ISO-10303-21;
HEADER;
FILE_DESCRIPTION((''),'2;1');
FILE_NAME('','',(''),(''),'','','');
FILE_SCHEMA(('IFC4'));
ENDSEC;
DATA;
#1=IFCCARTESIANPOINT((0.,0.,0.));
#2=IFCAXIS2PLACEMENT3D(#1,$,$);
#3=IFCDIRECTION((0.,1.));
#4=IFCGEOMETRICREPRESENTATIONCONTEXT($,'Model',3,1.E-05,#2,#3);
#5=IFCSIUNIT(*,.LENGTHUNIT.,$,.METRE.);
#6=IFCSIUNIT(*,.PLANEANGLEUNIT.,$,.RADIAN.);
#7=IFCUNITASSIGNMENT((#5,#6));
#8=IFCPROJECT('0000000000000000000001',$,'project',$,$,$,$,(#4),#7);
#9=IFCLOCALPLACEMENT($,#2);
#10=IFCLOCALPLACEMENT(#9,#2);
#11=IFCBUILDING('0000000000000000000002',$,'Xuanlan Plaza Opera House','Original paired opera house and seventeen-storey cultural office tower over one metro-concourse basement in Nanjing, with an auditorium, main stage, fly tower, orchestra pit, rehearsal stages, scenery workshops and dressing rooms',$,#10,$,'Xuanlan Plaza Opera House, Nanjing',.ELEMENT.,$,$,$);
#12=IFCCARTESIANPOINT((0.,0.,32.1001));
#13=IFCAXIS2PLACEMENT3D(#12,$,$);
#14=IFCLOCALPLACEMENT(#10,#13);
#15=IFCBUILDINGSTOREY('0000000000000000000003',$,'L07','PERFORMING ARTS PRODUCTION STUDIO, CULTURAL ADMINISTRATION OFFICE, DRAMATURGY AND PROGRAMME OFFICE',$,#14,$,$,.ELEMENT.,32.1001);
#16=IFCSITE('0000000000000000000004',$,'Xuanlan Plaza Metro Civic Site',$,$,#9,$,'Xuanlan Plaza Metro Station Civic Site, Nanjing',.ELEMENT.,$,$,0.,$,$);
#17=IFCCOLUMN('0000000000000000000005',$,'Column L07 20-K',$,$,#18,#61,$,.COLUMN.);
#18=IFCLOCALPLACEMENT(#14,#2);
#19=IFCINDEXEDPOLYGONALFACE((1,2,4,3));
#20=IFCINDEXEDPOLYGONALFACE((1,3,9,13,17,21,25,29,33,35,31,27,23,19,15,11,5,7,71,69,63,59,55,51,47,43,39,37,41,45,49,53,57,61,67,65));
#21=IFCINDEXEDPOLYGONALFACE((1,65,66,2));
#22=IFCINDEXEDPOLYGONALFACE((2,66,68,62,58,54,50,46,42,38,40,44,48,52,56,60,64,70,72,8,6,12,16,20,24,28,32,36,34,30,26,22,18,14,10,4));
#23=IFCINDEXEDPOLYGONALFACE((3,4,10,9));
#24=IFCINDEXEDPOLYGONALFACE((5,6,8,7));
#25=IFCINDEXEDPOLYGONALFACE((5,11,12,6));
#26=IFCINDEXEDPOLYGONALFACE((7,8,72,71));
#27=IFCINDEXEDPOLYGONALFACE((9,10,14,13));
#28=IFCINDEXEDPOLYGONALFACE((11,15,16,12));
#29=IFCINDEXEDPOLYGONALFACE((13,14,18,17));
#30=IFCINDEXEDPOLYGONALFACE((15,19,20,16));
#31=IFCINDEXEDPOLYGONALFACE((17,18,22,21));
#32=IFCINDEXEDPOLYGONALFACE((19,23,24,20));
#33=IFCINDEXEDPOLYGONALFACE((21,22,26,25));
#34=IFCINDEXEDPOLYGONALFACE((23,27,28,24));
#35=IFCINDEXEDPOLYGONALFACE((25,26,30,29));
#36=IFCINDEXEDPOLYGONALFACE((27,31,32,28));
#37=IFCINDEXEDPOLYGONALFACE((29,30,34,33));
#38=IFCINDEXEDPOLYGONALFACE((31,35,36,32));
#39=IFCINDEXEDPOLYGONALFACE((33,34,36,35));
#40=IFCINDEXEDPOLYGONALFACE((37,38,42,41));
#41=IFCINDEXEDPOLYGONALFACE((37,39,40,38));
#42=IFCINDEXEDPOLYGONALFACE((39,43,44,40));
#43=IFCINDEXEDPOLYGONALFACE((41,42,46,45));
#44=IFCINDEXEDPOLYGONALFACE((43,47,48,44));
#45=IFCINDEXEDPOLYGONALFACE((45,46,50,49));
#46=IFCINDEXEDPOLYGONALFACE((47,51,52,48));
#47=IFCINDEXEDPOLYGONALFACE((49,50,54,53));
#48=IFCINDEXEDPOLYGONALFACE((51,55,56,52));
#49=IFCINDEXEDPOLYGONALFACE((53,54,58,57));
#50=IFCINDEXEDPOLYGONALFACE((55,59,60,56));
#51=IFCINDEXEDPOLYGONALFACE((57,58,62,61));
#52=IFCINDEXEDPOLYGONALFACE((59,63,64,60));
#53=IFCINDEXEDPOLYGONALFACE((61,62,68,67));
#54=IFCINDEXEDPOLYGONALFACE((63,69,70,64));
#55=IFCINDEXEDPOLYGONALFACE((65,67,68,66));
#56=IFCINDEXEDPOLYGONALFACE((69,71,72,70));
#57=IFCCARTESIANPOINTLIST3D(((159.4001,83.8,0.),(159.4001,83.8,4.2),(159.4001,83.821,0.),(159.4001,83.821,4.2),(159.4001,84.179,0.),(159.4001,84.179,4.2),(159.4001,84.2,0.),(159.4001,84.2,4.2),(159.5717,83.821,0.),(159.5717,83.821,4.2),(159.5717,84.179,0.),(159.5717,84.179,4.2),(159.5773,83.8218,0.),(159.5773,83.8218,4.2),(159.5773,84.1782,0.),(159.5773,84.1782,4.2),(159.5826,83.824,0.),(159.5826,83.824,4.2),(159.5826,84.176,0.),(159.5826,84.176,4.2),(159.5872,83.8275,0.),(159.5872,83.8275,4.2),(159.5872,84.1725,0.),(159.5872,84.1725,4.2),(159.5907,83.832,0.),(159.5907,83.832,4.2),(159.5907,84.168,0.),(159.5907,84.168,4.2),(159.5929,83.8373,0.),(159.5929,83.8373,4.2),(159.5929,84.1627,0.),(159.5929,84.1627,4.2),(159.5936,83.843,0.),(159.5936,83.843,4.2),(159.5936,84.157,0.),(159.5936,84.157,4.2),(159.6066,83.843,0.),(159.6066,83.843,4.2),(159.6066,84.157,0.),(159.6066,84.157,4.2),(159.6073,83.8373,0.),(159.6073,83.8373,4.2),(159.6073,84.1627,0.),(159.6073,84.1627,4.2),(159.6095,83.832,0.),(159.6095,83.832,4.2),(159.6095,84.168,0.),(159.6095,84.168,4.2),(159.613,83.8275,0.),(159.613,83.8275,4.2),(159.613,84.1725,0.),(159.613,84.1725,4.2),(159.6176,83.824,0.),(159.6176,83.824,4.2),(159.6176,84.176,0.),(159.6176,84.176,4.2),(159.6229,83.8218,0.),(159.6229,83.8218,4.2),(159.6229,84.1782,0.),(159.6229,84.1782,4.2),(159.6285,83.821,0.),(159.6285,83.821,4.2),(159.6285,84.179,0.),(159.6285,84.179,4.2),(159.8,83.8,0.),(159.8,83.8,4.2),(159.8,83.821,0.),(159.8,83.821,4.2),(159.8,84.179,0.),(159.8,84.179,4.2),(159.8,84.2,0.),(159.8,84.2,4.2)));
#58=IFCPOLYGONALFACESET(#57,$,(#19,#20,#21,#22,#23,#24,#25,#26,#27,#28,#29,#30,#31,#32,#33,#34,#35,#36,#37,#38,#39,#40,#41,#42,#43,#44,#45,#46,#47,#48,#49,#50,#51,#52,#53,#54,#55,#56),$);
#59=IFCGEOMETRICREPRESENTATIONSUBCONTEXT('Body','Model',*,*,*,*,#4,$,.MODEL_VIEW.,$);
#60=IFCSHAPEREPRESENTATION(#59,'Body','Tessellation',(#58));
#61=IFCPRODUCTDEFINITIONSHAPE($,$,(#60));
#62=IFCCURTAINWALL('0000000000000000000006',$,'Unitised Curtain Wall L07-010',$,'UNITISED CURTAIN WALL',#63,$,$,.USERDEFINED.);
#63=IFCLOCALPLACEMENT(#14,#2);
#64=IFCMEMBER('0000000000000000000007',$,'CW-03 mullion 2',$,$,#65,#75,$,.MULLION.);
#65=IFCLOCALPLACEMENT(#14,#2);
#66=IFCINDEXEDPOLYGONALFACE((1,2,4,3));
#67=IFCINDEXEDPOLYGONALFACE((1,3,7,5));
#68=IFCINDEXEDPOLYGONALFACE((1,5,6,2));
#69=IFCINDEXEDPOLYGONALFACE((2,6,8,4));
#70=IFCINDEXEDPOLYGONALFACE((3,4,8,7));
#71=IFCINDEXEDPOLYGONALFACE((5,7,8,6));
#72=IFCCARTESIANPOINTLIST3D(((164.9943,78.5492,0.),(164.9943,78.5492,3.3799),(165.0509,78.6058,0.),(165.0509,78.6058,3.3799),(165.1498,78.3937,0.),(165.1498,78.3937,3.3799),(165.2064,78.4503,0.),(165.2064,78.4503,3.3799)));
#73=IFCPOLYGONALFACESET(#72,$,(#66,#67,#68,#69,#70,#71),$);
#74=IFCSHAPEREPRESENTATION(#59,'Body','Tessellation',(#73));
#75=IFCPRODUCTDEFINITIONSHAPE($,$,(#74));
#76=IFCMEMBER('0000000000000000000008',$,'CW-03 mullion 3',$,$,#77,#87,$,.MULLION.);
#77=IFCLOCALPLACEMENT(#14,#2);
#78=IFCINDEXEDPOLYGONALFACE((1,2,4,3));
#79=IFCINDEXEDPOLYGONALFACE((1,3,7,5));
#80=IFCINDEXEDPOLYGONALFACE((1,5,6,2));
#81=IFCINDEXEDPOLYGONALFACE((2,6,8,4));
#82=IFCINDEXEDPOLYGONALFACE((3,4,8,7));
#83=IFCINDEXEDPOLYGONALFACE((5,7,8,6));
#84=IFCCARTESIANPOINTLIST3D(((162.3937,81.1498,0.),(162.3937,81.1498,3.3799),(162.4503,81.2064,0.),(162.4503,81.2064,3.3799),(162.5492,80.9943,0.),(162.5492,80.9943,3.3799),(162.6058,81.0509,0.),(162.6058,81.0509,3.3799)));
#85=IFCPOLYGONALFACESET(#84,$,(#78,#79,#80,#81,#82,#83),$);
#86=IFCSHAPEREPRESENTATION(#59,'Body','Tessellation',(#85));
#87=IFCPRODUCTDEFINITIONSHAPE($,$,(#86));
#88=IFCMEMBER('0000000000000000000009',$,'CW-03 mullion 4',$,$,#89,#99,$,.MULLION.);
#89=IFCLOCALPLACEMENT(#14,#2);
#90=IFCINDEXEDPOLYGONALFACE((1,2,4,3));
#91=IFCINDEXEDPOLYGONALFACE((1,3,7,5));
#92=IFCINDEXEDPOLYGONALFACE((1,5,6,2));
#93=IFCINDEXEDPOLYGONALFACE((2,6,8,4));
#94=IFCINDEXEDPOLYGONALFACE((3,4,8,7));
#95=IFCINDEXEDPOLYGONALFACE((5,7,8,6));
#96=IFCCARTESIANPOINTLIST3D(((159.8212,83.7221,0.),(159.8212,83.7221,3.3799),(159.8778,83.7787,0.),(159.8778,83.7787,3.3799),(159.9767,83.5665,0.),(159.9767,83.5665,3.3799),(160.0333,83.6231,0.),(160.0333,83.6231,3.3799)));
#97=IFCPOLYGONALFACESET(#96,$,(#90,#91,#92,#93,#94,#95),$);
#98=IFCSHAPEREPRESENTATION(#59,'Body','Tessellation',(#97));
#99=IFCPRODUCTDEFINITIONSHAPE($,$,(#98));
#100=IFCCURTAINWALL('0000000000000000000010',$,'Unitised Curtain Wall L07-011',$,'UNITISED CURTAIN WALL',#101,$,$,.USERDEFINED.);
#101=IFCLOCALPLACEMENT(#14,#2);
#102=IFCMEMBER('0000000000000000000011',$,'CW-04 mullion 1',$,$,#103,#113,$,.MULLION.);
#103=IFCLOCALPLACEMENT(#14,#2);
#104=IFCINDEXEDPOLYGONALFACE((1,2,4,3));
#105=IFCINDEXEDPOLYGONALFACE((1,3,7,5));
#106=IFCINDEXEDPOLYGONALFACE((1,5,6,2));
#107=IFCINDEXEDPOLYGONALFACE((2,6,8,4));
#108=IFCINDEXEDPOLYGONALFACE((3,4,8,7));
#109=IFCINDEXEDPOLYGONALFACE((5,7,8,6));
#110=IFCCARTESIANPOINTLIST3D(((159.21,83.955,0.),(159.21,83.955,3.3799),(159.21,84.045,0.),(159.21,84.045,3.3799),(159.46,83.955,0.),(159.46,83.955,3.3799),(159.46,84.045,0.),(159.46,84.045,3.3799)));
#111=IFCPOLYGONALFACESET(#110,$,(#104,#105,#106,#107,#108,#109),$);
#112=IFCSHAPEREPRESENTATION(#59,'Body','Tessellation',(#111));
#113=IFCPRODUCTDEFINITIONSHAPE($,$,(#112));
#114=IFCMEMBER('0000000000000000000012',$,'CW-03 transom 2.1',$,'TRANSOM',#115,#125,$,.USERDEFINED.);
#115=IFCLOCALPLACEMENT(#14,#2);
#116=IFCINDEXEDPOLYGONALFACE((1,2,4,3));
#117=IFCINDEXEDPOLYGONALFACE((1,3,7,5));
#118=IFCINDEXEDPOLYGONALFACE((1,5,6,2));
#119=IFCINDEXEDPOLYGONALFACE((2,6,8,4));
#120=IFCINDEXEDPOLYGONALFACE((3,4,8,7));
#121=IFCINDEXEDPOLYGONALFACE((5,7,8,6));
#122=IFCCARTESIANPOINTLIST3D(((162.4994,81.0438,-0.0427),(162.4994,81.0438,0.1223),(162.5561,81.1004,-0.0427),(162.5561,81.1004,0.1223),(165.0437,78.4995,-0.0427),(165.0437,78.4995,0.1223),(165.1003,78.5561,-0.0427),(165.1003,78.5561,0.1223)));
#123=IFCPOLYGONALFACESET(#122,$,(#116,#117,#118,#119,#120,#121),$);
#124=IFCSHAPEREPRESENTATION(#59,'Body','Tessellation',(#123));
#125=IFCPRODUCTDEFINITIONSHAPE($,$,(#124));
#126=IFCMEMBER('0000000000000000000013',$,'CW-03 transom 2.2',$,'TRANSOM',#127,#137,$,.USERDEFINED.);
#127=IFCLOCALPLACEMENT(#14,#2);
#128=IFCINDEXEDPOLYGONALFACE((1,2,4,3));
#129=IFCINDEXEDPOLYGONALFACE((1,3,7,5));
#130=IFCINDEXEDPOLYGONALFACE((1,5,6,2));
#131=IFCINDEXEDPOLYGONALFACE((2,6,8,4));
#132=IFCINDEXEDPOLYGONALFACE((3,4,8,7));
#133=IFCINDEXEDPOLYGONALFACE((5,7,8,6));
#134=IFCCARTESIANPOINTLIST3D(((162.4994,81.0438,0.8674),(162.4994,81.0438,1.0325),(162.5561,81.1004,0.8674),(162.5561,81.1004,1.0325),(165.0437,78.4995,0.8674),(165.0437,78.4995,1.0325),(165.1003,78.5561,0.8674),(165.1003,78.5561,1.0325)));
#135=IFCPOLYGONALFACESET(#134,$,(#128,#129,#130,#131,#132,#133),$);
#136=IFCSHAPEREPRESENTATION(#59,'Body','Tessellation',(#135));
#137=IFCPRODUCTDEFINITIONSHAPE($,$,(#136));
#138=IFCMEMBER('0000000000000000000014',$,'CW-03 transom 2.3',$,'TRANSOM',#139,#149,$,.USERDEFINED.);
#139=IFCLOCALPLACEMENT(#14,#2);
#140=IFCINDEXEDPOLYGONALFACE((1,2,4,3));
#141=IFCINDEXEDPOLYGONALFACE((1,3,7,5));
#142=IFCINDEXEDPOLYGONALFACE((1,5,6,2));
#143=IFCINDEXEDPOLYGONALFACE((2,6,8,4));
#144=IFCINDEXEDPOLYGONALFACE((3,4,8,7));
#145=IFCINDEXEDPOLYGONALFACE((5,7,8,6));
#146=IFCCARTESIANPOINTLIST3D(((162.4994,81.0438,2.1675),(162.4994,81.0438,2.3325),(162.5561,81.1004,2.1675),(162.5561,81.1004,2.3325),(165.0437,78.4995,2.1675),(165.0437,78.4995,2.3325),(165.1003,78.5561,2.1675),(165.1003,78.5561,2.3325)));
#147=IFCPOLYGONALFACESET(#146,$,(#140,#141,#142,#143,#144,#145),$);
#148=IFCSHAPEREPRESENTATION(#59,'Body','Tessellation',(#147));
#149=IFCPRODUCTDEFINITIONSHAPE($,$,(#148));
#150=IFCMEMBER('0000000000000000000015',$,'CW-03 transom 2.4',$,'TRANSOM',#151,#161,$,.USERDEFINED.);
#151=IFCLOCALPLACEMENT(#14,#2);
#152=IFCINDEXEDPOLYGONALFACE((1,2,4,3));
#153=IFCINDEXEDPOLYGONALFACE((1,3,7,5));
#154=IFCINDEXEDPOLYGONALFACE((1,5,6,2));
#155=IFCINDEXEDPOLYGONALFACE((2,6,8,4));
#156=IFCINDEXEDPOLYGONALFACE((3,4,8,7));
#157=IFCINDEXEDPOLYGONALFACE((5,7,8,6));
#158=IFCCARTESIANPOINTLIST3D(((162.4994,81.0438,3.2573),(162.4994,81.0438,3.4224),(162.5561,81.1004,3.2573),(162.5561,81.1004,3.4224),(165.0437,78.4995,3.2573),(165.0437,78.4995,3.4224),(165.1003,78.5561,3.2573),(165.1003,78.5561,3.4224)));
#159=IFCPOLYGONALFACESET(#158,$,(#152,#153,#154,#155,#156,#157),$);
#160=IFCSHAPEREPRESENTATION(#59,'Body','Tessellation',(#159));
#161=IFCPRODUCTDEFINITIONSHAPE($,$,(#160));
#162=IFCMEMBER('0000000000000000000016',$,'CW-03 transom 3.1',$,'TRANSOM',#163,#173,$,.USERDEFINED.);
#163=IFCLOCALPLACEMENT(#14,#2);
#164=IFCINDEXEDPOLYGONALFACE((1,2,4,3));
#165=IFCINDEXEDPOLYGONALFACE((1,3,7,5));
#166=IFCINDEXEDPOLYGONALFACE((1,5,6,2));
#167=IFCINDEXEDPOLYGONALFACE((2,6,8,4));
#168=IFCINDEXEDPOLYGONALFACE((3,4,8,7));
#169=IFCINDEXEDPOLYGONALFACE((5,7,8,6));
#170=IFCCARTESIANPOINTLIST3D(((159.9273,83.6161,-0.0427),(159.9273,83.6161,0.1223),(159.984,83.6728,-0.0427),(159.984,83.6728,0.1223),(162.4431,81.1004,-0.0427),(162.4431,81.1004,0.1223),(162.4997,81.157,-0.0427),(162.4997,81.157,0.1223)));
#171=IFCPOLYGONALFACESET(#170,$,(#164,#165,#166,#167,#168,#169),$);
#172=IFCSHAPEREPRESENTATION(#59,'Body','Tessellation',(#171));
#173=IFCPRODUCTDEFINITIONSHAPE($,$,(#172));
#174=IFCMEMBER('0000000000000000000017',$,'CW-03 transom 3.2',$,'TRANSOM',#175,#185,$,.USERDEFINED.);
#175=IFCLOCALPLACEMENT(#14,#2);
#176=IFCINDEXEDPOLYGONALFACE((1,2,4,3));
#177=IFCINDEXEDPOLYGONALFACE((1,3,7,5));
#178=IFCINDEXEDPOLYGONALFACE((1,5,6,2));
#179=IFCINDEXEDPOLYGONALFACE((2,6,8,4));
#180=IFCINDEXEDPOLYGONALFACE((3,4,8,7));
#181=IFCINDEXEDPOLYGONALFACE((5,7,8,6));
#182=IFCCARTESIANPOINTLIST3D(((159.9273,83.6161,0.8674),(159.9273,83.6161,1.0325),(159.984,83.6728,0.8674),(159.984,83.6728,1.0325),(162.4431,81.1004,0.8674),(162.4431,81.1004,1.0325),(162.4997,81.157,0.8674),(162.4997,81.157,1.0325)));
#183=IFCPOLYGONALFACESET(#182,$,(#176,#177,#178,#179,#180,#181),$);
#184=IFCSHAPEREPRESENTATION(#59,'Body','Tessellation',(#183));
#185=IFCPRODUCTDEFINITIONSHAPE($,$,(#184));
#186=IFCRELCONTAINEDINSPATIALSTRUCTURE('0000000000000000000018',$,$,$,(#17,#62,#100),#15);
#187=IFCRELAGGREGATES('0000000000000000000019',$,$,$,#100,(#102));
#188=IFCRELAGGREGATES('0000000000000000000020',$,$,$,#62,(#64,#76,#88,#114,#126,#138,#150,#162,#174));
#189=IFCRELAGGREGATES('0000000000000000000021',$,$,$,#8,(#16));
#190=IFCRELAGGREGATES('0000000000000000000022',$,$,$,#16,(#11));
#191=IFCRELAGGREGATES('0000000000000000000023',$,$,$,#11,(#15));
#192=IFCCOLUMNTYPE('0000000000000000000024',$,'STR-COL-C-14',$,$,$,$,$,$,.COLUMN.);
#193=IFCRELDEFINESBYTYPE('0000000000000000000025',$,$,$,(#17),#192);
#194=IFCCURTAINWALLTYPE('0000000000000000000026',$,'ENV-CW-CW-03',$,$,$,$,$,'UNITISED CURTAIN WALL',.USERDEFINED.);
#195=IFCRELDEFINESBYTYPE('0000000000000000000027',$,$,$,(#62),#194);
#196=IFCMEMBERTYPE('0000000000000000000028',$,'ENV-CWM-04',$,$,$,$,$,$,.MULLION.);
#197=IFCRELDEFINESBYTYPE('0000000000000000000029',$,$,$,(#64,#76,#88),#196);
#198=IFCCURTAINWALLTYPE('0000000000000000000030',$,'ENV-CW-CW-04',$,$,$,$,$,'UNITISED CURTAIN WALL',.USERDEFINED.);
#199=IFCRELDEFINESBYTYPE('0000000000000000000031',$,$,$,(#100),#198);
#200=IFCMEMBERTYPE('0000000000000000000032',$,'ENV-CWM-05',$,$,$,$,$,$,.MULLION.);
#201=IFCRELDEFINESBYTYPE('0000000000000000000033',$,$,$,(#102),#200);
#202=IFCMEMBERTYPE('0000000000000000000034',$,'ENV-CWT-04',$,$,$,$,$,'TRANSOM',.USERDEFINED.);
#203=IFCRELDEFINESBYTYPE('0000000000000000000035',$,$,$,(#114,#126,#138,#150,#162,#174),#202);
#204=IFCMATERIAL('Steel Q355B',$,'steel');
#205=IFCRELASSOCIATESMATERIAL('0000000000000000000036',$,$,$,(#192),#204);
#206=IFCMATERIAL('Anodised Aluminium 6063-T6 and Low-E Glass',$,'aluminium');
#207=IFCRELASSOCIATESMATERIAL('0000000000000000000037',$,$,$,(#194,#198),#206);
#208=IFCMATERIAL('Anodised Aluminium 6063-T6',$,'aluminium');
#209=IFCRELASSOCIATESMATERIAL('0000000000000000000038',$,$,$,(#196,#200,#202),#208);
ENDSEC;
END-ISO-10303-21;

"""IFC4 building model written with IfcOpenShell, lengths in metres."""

from ifc_helpers import new_model, si_unit, direction, frame, origin, origin_2d, place, context, subcontext, project, spatial, rectangle, i_section, extrude, material, material_profile, profile_set, type_object, element, aggregate, save


model = new_model("IFC4")

# Units and contexts
model_context = context("Model", 3, precision=1e-05, world=origin(), true_north=direction((0.0, 1.0)))
body_context = subcontext(model_context, "Body", "Model", "MODEL_VIEW")
ifc_project = project(units=[si_unit("LENGTHUNIT", "METRE"), si_unit("PLANEANGLEUNIT", "RADIAN")], contexts=[model_context])

# Site, building, storey
site_placement = place(None, origin())
site = spatial("IfcSite", under=ifc_project, at=site_placement, Name="Xuanlan Plaza Metro Civic Site", LongName="Xuanlan Plaza Metro Station Civic Site, Nanjing", CompositionType="ELEMENT", RefElevation=0.0)
building_placement = place(site_placement, origin())
building = spatial("IfcBuilding", under=site, at=building_placement, Name="Xuanlan Plaza Opera House", Description="Original paired opera house and seventeen-storey cultural office tower over one metro-concourse basement in Nanjing, with an auditorium, main stage, fly tower, orchestra pit, rehearsal stages, scenery workshops and dressing rooms", LongName="Xuanlan Plaza Opera House, Nanjing", CompositionType="ELEMENT")
storey_placement = place(building_placement, frame((0.0, 0.0, 32.1001)))
storey = spatial("IfcBuildingStorey", under=building, at=storey_placement, Name="L07", Description="PERFORMING ARTS PRODUCTION STUDIO, CULTURAL ADMINISTRATION OFFICE, DRAMATURGY AND PROGRAMME OFFICE", CompositionType="ELEMENT", Elevation=32.1001)

# Column
ifc_material_1 = material(Name="Steel Q355B", Category="steel")
ifc_material_profile_1 = material_profile(ifc_material_1, i_section(OverallWidth=0.3999, OverallDepth=0.3999, WebThickness=0.0129, FlangeThickness=0.021, FilletRadius=0.022, at=origin_2d()), Name="HW 400x400x13x21")
ifc_profile_set_1 = profile_set([ifc_material_profile_1], Name="Steel Q355B")
column_type = type_object("IfcColumnType", Name="STR-COL-C-14", PredefinedType="COLUMN", material=ifc_profile_set_1)
column_placement = place(storey_placement, frame((159.6001, 84.0, 0.0), z_axis=(0.0, 0.0, 1.0), x_axis=(1.0, 0.0, 0.0)))
element("IfcColumn", 1, at=column_placement, inside=storey, type_object=column_type, Name="Column L07 20-K", PredefinedType="COLUMN", context=body_context, shape_type="SweptSolid", body=[
    extrude(i_section(OverallWidth=0.3999, OverallDepth=0.3999, WebThickness=0.0129, FlangeThickness=0.021, FilletRadius=0.022, at=origin_2d()), origin(), (0.0, 0.0, 1.0), 4.2),
])

# Curtain wall, members
ifc_material_2 = material(Name="Anodised Aluminium 6063-T6 and Low-E Glass", Category="aluminium")
curtain_wall_type_1 = type_object("IfcCurtainWallType", Name="ENV-CW-CW-03", ElementType="UNITISED CURTAIN WALL", PredefinedType="USERDEFINED", material=ifc_material_2)
curtain_wall_1_placement = place(storey_placement, origin())
curtain_wall_1 = element("IfcCurtainWall", 2, at=curtain_wall_1_placement, inside=storey, type_object=curtain_wall_type_1, Name="Unitised Curtain Wall L07-010", ObjectType="UNITISED CURTAIN WALL", PredefinedType="USERDEFINED")
ifc_material_3 = material(Name="Anodised Aluminium 6063-T6", Category="aluminium")
ifc_material_profile_2 = material_profile(ifc_material_3, rectangle(XDim=0.0801, YDim=0.22, at=origin_2d()), Name="ALU-M 80x220")
ifc_profile_set_2 = profile_set([ifc_material_profile_2], Name="Anodised Aluminium 6063-T6")
member_type_1 = type_object("IfcMemberType", Name="ENV-CWM-04", PredefinedType="MULLION", material=ifc_profile_set_2)
member_1_placement = place(storey_placement, frame((165.1003, 78.4998, 0.0), z_axis=(0.0, 0.0, 1.0), x_axis=(-0.707107, -0.707107, 0.0)))
member_1 = element("IfcMember", 3, at=member_1_placement, type_object=member_type_1, Name="CW-03 mullion 2", PredefinedType="MULLION", context=body_context, shape_type="SweptSolid", body=[
    extrude(rectangle(XDim=0.0801, YDim=0.22, at=origin_2d()), origin(), (0.0, 0.0, 1.0), 3.3799),
])
member_2_placement = place(storey_placement, frame((162.4998, 81.1003, 0.0), z_axis=(0.0, 0.0, 1.0), x_axis=(-0.707107, -0.707107, 0.0)))
member_2 = element("IfcMember", 4, at=member_2_placement, type_object=member_type_1, Name="CW-03 mullion 3", PredefinedType="MULLION", context=body_context, shape_type="SweptSolid", body=[
    extrude(rectangle(XDim=0.0801, YDim=0.22, at=origin_2d()), origin(), (0.0, 0.0, 1.0), 3.3799),
])
member_3_placement = place(storey_placement, frame((159.9272, 83.6726, 0.0), z_axis=(0.0, 0.0, 1.0), x_axis=(-0.707107, -0.707107, 0.0)))
member_3 = element("IfcMember", 5, at=member_3_placement, type_object=member_type_1, Name="CW-03 mullion 4", PredefinedType="MULLION", context=body_context, shape_type="SweptSolid", body=[
    extrude(rectangle(XDim=0.0801, YDim=0.22, at=origin_2d()), origin(), (0.0, 0.0, 1.0), 3.3799),
])

# Curtain wall, member
curtain_wall_type_2 = type_object("IfcCurtainWallType", Name="ENV-CW-CW-04", ElementType="UNITISED CURTAIN WALL", PredefinedType="USERDEFINED", material=ifc_material_2)
curtain_wall_2_placement = place(storey_placement, origin())
curtain_wall_2 = element("IfcCurtainWall", 6, at=curtain_wall_2_placement, inside=storey, type_object=curtain_wall_type_2, Name="Unitised Curtain Wall L07-011", ObjectType="UNITISED CURTAIN WALL", PredefinedType="USERDEFINED")
ifc_material_profile_3 = material_profile(ifc_material_3, rectangle(XDim=0.0901, YDim=0.25, at=origin_2d()), Name="ALU-M 90x250")
ifc_profile_set_3 = profile_set([ifc_material_profile_3], Name="Anodised Aluminium 6063-T6")
member_type_2 = type_object("IfcMemberType", Name="ENV-CWM-05", PredefinedType="MULLION", material=ifc_profile_set_3)
member_4_placement = place(storey_placement, frame((159.335, 84.0, 0.0), z_axis=(0.0, 0.0, 1.0), x_axis=(0.0, -1.0, 0.0)))
member_4 = element("IfcMember", 7, at=member_4_placement, type_object=member_type_2, Name="CW-04 mullion 1", PredefinedType="MULLION", context=body_context, shape_type="SweptSolid", body=[
    extrude(rectangle(XDim=0.0901, YDim=0.25, at=origin_2d()), origin(), (0.0, 0.0, 1.0), 3.3799),
])
aggregate(curtain_wall_2, [member_4])

# Members
ifc_material_profile_4 = material_profile(ifc_material_3, rectangle(XDim=0.0801, YDim=0.165, at=origin_2d()), Name="ALU-T 80x165")
ifc_profile_set_4 = profile_set([ifc_material_profile_4], Name="Anodised Aluminium 6063-T6")
member_type_3 = type_object("IfcMemberType", Name="ENV-CWT-04", ElementType="TRANSOM", PredefinedType="USERDEFINED", material=ifc_profile_set_4)
member_5_placement = place(storey_placement, frame((165.072, 78.5278, 0.0398), z_axis=(-0.707107, 0.707107, 0.0), x_axis=(-0.707107, -0.707107, 0.0)))
member_5 = element("IfcMember", 8, at=member_5_placement, type_object=member_type_3, Name="CW-03 transom 2.1", ObjectType="TRANSOM", PredefinedType="USERDEFINED", context=body_context, shape_type="SweptSolid", body=[
    extrude(rectangle(XDim=0.0801, YDim=0.165, at=origin_2d()), origin(), (0.0, 0.0, 1.0), 3.5981),
])
member_6_placement = place(storey_placement, frame((165.072, 78.5278, 0.95), z_axis=(-0.707107, 0.707107, 0.0), x_axis=(-0.707107, -0.707107, 0.0)))
member_6 = element("IfcMember", 9, at=member_6_placement, type_object=member_type_3, Name="CW-03 transom 2.2", ObjectType="TRANSOM", PredefinedType="USERDEFINED", context=body_context, shape_type="SweptSolid", body=[
    extrude(rectangle(XDim=0.0801, YDim=0.165, at=origin_2d()), origin(), (0.0, 0.0, 1.0), 3.5981),
])
member_7_placement = place(storey_placement, frame((165.072, 78.5278, 2.25), z_axis=(-0.707107, 0.707107, 0.0), x_axis=(-0.707107, -0.707107, 0.0)))
member_7 = element("IfcMember", 10, at=member_7_placement, type_object=member_type_3, Name="CW-03 transom 2.3", ObjectType="TRANSOM", PredefinedType="USERDEFINED", context=body_context, shape_type="SweptSolid", body=[
    extrude(rectangle(XDim=0.0801, YDim=0.165, at=origin_2d()), origin(), (0.0, 0.0, 1.0), 3.5981),
])
member_8_placement = place(storey_placement, frame((165.072, 78.5278, 3.3398), z_axis=(-0.707107, 0.707107, 0.0), x_axis=(-0.707107, -0.707107, 0.0)))
member_8 = element("IfcMember", 11, at=member_8_placement, type_object=member_type_3, Name="CW-03 transom 2.4", ObjectType="TRANSOM", PredefinedType="USERDEFINED", context=body_context, shape_type="SweptSolid", body=[
    extrude(rectangle(XDim=0.0801, YDim=0.165, at=origin_2d()), origin(), (0.0, 0.0, 1.0), 3.5981),
])
member_9_placement = place(storey_placement, frame((162.4714, 81.1287, 0.0398), z_axis=(-0.707107, 0.707107, 0.0), x_axis=(-0.707107, -0.707107, 0.0)))
member_9 = element("IfcMember", 12, at=member_9_placement, type_object=member_type_3, Name="CW-03 transom 3.1", ObjectType="TRANSOM", PredefinedType="USERDEFINED", context=body_context, shape_type="SweptSolid", body=[
    extrude(rectangle(XDim=0.0801, YDim=0.165, at=origin_2d()), origin(), (0.0, 0.0, 1.0), 3.5579),
])
member_10_placement = place(storey_placement, frame((162.4714, 81.1287, 0.95), z_axis=(-0.707107, 0.707107, 0.0), x_axis=(-0.707107, -0.707107, 0.0)))
member_10 = element("IfcMember", 13, at=member_10_placement, type_object=member_type_3, Name="CW-03 transom 3.2", ObjectType="TRANSOM", PredefinedType="USERDEFINED", context=body_context, shape_type="SweptSolid", body=[
    extrude(rectangle(XDim=0.0801, YDim=0.165, at=origin_2d()), origin(), (0.0, 0.0, 1.0), 3.5579),
])

aggregate(curtain_wall_1, [member_1, member_2, member_3, member_5, member_6, member_7, member_8, member_9, member_10])

save(model, "model.ifc")
